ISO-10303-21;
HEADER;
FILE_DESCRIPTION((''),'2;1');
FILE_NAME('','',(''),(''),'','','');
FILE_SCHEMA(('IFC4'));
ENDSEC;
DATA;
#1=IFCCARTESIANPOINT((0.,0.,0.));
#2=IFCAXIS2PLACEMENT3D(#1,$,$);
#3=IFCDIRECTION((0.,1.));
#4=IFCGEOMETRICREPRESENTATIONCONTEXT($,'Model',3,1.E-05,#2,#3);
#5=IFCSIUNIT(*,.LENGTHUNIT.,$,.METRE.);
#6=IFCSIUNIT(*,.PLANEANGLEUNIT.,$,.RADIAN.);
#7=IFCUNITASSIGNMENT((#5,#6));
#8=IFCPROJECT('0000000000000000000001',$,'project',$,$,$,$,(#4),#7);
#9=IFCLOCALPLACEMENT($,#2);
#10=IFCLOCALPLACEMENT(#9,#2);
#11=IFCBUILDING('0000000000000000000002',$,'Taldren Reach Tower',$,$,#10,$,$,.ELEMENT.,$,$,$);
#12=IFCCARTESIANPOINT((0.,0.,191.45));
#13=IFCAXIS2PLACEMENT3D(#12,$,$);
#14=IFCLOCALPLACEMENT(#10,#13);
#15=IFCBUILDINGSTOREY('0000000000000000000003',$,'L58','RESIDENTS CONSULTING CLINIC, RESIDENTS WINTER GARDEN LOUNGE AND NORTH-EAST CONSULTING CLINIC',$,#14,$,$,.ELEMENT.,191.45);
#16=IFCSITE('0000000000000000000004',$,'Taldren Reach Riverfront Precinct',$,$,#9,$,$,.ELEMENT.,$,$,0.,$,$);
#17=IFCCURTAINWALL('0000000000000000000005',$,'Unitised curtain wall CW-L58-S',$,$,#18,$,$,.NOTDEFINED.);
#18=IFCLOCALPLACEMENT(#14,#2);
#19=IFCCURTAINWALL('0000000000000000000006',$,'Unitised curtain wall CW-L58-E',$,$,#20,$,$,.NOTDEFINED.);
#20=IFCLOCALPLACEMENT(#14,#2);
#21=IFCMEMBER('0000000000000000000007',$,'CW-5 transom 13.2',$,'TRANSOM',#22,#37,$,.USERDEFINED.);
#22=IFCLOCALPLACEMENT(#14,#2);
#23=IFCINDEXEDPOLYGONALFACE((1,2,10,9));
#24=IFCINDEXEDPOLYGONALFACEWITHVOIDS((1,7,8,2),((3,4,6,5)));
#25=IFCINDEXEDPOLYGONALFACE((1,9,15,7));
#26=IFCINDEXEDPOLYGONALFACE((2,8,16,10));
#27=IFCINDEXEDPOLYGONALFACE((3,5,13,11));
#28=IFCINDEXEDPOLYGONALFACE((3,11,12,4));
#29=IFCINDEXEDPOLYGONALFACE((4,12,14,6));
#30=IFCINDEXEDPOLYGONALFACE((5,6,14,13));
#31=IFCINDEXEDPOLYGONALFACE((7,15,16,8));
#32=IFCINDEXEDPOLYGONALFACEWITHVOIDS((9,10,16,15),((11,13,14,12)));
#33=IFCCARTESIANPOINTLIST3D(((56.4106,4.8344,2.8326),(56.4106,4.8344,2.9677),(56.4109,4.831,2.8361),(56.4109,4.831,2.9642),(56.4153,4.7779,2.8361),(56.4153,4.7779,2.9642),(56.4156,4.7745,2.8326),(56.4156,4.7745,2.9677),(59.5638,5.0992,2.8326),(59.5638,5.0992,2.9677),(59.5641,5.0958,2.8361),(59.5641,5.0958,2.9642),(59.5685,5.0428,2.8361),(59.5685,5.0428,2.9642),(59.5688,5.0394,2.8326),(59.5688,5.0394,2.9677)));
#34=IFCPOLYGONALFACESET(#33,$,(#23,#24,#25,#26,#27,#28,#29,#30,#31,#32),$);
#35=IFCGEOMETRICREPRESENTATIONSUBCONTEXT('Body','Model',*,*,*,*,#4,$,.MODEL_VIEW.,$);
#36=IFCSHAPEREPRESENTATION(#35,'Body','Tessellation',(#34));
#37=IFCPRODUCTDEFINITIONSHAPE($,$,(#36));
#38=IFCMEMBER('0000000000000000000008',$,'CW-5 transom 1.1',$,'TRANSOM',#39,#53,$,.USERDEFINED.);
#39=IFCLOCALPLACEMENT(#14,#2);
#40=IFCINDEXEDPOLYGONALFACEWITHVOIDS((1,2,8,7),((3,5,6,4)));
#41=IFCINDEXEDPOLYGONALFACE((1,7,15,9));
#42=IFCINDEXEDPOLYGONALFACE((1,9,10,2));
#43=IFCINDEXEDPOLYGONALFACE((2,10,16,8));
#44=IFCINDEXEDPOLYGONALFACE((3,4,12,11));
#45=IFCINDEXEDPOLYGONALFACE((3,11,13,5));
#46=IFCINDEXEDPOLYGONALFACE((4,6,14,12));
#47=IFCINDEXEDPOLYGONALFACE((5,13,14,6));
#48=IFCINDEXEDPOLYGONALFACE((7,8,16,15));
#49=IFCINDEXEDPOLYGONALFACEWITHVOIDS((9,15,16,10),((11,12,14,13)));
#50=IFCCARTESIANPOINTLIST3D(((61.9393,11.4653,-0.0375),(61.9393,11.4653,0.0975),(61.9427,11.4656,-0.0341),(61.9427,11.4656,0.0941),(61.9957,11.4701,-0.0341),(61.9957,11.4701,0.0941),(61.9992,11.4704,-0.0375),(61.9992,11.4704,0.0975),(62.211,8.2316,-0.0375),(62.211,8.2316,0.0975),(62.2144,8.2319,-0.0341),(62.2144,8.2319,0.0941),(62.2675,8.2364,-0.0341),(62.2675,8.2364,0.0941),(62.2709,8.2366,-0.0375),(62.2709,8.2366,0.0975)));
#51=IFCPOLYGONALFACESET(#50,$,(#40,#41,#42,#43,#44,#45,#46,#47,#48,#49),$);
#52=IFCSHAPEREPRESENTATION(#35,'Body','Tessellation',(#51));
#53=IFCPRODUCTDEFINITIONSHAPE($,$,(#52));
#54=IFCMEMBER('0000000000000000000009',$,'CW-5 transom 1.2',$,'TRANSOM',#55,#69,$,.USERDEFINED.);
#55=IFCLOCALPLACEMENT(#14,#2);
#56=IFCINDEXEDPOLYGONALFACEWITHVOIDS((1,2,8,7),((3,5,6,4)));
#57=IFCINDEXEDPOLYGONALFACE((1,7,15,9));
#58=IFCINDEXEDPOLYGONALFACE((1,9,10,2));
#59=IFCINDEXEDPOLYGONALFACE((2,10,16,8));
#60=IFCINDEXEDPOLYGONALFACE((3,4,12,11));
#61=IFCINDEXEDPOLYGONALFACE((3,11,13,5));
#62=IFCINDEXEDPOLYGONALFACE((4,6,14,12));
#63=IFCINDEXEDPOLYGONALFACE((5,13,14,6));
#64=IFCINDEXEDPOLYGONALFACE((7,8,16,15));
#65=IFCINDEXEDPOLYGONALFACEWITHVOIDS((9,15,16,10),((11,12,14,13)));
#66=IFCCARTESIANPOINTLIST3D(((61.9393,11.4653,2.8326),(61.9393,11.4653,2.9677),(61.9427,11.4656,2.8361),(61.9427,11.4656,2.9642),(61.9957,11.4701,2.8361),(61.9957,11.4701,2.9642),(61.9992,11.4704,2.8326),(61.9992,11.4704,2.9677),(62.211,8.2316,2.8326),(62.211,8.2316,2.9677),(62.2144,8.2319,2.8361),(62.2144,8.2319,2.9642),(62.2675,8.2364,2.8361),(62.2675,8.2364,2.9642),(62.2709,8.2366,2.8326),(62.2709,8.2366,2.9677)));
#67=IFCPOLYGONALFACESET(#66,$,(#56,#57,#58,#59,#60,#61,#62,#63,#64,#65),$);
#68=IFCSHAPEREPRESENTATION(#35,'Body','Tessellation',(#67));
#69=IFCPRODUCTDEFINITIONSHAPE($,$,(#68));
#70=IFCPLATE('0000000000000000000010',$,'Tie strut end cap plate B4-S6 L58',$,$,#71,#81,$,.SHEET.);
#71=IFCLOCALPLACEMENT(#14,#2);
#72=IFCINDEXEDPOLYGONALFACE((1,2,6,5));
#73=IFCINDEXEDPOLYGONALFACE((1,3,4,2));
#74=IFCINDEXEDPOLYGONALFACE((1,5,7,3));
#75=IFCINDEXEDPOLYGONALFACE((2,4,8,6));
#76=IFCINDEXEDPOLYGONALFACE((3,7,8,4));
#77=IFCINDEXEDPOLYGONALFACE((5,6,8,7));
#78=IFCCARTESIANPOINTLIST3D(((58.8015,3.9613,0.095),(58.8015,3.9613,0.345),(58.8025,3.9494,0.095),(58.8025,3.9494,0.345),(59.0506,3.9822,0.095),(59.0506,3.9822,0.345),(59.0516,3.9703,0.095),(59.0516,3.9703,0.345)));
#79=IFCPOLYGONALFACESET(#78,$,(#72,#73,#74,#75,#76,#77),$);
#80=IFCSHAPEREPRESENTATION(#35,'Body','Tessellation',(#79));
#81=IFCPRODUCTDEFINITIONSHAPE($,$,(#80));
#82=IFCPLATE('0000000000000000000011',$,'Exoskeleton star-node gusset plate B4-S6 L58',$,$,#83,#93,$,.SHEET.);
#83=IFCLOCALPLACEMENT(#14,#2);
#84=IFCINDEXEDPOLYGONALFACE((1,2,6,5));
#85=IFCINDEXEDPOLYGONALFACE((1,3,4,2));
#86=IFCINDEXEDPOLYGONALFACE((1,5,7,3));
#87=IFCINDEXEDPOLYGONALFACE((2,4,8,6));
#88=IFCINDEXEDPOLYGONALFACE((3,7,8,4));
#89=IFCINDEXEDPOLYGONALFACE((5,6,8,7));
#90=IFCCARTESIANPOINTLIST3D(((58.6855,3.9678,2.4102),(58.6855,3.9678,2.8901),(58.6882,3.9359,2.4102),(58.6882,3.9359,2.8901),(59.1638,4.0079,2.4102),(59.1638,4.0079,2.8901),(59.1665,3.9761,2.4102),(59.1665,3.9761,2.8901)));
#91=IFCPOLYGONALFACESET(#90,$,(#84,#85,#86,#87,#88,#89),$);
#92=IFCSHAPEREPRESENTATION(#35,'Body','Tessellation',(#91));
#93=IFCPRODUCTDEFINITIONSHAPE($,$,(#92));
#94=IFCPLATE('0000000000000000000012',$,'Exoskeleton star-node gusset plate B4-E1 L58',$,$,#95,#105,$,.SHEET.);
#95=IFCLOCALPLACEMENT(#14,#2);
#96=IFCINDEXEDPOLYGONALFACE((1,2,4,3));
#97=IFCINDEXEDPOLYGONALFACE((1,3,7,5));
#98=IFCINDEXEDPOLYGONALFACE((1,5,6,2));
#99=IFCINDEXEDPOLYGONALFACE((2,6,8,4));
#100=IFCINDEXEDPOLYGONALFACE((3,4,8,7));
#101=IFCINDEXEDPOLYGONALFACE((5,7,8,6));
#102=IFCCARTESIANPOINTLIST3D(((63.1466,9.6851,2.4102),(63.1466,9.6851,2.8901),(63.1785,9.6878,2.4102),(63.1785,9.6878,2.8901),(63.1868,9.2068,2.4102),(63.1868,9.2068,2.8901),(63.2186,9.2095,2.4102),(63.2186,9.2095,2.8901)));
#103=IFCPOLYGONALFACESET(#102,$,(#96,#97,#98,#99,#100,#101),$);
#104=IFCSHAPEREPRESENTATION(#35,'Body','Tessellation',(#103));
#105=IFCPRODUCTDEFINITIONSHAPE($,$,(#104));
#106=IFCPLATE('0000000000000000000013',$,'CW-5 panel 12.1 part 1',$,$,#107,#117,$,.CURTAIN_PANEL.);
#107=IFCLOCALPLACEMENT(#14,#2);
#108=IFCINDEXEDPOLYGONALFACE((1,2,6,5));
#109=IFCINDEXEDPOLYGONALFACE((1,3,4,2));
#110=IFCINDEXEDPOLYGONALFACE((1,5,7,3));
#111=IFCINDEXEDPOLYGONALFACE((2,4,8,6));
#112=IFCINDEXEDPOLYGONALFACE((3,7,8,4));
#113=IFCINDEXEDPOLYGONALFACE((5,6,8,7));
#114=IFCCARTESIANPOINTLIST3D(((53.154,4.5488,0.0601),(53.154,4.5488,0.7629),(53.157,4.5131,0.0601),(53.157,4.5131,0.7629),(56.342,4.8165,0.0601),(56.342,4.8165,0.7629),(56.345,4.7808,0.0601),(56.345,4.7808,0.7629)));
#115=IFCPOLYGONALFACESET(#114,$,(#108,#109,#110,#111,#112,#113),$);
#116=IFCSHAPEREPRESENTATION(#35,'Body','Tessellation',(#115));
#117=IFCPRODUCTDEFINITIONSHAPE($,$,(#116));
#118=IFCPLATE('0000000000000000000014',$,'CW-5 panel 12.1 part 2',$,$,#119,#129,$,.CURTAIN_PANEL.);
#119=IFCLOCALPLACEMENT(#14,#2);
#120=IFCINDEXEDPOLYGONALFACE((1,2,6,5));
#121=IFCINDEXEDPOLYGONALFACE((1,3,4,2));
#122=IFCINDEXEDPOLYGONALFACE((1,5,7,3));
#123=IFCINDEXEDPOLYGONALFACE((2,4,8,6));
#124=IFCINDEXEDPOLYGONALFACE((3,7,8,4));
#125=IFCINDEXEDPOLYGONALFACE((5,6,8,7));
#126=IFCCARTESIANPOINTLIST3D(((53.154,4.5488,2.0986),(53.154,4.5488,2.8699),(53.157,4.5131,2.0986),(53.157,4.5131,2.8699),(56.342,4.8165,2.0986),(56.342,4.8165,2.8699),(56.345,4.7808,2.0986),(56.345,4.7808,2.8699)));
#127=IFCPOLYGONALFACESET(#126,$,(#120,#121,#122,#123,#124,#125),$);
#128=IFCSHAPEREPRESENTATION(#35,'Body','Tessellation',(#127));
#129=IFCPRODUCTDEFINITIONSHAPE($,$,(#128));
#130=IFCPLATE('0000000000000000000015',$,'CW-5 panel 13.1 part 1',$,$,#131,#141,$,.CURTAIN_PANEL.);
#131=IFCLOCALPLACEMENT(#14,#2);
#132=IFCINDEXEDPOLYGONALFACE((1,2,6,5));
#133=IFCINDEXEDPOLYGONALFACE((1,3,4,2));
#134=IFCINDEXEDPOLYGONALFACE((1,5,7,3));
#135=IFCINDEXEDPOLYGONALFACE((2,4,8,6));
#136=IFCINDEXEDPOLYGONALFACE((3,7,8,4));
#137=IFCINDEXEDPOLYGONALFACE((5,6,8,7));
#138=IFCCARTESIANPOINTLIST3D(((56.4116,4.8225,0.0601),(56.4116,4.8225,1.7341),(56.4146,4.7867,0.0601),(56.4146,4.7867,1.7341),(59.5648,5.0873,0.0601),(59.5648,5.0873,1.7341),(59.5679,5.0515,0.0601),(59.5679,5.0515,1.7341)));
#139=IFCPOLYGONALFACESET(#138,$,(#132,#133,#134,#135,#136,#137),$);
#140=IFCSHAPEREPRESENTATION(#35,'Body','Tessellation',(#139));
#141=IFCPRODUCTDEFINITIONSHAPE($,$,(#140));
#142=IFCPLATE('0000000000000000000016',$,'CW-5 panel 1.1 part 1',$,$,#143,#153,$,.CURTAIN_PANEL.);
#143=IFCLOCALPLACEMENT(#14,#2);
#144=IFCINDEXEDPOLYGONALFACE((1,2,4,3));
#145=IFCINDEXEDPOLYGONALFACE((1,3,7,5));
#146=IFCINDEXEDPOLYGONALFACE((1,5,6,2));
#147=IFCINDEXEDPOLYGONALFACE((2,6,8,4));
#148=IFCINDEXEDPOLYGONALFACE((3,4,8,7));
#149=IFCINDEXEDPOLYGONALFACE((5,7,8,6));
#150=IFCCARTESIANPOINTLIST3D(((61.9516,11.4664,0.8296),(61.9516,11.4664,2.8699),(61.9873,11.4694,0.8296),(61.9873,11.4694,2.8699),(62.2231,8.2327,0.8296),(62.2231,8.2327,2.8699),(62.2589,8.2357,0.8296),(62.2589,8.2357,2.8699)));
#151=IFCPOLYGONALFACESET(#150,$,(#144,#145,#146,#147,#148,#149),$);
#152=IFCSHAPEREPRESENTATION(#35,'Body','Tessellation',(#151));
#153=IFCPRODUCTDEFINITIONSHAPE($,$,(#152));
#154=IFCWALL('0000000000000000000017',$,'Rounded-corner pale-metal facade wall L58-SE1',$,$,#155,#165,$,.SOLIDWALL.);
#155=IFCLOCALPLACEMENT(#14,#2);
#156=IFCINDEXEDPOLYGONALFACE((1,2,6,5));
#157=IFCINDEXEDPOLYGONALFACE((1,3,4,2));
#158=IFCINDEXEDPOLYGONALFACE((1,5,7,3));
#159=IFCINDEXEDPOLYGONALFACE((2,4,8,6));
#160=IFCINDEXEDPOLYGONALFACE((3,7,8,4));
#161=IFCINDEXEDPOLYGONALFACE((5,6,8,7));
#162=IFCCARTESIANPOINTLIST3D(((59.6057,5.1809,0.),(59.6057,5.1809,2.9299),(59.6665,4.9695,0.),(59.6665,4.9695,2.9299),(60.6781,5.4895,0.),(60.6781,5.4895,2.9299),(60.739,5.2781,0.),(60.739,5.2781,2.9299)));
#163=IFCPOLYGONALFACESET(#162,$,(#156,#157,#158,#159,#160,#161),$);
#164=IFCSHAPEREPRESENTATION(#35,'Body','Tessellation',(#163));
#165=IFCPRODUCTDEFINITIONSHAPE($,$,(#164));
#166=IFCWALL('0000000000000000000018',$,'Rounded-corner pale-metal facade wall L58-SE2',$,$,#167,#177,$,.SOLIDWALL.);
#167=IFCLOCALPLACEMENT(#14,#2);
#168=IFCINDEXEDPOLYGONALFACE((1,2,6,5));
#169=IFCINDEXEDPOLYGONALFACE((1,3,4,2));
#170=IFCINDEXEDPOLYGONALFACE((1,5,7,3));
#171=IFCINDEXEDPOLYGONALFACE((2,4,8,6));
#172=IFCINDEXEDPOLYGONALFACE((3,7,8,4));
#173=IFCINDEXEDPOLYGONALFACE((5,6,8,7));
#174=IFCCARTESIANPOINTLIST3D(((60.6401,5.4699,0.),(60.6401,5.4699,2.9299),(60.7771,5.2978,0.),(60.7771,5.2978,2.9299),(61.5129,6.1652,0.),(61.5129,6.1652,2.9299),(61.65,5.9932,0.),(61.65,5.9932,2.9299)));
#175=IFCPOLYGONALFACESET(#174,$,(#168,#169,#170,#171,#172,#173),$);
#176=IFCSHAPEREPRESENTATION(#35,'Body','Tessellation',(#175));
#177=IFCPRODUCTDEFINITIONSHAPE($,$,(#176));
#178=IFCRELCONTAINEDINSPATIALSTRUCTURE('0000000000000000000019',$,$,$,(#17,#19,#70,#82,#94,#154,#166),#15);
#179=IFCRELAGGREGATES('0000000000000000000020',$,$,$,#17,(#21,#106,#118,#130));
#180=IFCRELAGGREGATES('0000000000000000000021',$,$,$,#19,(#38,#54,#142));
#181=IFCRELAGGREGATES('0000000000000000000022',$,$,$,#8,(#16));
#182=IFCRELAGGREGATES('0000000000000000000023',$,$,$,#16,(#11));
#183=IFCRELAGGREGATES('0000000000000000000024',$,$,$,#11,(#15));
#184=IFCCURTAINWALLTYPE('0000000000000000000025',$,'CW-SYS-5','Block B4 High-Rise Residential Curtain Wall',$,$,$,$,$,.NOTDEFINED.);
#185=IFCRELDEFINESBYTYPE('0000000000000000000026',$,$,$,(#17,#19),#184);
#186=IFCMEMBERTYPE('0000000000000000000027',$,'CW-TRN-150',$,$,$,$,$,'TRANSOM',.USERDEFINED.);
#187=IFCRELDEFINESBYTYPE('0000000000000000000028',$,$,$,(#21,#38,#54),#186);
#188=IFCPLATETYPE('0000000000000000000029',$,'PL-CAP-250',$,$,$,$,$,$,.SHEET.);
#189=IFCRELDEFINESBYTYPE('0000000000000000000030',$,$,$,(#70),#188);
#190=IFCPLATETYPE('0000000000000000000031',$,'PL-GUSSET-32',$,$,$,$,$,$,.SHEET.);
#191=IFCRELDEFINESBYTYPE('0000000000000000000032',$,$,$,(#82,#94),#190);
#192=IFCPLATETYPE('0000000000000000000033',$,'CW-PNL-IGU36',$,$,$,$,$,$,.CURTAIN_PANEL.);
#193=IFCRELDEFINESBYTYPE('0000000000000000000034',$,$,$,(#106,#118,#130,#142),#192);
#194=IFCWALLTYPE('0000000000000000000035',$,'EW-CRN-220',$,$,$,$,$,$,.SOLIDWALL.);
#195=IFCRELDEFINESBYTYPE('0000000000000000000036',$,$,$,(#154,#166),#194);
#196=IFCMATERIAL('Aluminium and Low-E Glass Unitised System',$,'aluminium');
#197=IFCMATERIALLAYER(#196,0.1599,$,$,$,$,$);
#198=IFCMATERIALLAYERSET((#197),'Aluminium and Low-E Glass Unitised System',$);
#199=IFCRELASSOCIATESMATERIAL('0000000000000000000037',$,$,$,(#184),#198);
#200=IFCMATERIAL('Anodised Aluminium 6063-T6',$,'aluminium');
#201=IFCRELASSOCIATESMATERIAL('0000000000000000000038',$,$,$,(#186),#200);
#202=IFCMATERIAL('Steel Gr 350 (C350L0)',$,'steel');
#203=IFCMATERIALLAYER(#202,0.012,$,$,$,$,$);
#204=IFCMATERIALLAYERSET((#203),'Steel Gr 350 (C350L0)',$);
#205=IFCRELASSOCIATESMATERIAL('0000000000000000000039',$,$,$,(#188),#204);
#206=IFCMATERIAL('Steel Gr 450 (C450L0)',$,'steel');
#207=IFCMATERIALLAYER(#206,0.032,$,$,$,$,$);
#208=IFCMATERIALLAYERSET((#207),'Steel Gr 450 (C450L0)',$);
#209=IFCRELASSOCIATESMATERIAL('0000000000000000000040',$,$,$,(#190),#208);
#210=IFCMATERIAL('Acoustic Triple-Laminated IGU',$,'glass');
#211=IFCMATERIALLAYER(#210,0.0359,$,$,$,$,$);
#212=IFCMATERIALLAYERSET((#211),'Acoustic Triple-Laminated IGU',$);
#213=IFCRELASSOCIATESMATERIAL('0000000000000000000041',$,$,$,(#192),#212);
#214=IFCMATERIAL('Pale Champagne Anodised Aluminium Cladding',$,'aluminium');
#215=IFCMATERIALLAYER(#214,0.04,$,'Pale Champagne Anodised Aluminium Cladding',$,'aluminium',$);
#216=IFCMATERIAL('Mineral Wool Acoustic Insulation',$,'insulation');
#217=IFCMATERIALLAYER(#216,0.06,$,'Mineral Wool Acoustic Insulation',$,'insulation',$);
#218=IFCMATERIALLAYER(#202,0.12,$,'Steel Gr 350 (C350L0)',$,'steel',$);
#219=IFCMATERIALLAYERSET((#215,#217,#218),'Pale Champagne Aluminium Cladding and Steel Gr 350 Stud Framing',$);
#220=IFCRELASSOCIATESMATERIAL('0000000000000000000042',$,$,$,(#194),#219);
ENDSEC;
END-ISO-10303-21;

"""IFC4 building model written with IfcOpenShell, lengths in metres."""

from ifc_helpers import new_model, si_unit, direction, frame, frame_2d, origin, origin_2d, place, context, subcontext, project, spatial, rectangle, hollow_rectangle, extrude, source, transform, mapped, material, layer, layer_set, material_profile, profile_set, type_object, element, aggregate, save


model = new_model("IFC4")

# Units and contexts
model_context = context("Model", 3, precision=1e-05, world=origin(), true_north=direction((0.0, 1.0)))
body_context = subcontext(model_context, "Body", "Model", "MODEL_VIEW")
ifc_project = project(units=[si_unit("LENGTHUNIT", "METRE"), si_unit("PLANEANGLEUNIT", "RADIAN")], contexts=[model_context])

# Site, building, storey
site_placement = place(None, origin())
site = spatial("IfcSite", under=ifc_project, at=site_placement, Name="Taldren Reach Riverfront Precinct", CompositionType="ELEMENT", RefElevation=0.0)
building_placement = place(site_placement, origin())
building = spatial("IfcBuilding", under=site, at=building_placement, Name="Taldren Reach Tower", CompositionType="ELEMENT")
storey_placement = place(building_placement, frame((0.0, 0.0, 191.45)))
storey = spatial("IfcBuildingStorey", under=building, at=storey_placement, Name="L58", Description="RESIDENTS CONSULTING CLINIC, RESIDENTS WINTER GARDEN LOUNGE AND NORTH-EAST CONSULTING CLINIC", CompositionType="ELEMENT", Elevation=191.45)

# Shared definitions
ifc_material_1 = material(Name="Steel Gr 350 (C350L0)", Category="steel")

# Shared definitions
ifc_material_2 = material(Name="Steel Gr 450 (C450L0)", Category="steel")

# Curtain wall
ifc_material_3 = material(Name="Aluminium and Low-E Glass Unitised System", Category="aluminium")
ifc_layer_1 = layer(ifc_material_3, 0.1599)
ifc_layer_set_1 = layer_set([ifc_layer_1], Name="Aluminium and Low-E Glass Unitised System")
curtain_wall_type = type_object("IfcCurtainWallType", Name="CW-SYS-5", Description="Block B4 High-Rise Residential Curtain Wall", PredefinedType="NOTDEFINED", material=ifc_layer_set_1)
curtain_wall_1_placement = place(storey_placement, origin())
curtain_wall_1 = element("IfcCurtainWall", 1, at=curtain_wall_1_placement, inside=storey, type_object=curtain_wall_type, Name="Unitised curtain wall CW-L58-S", PredefinedType="NOTDEFINED")
ifc_material_4 = material(Name="Anodised Aluminium 6063-T6", Category="aluminium")

# Curtain wall
curtain_wall_2_placement = place(storey_placement, origin())
curtain_wall_2 = element("IfcCurtainWall", 2, at=curtain_wall_2_placement, inside=storey, type_object=curtain_wall_type, Name="Unitised curtain wall CW-L58-E", PredefinedType="NOTDEFINED")

# Members
ifc_material_profile_1 = material_profile(ifc_material_4, hollow_rectangle(XDim=0.0601, YDim=0.135, WallThickness=0.0034, at=origin_2d()), Name="ALU-135x60x3.5RHS")
ifc_profile_set_1 = profile_set([ifc_material_profile_1], Name="Anodised Aluminium 6063-T6")
member_type_1 = type_object("IfcMemberType", Name="CW-TRN-150", ElementType="TRANSOM", PredefinedType="USERDEFINED", material=ifc_profile_set_1)
shared_shape_1 = source(origin(), body_context, "Body", "SweptSolid", [
    extrude(hollow_rectangle(XDim=0.0601, YDim=0.135, WallThickness=0.0034, at=origin_2d()), origin(), (0.0, 0.0, 1.0), 3.1643),
])
member_1_placement = place(storey_placement, frame((56.4131, 4.8044, 2.9001), z_axis=(0.99649, 0.083709, 0.0), x_axis=(-0.083709, 0.99649, 0.0)))
member_1 = element("IfcMember", 3, at=member_1_placement, type_object=member_type_1, Name="CW-5 transom 13.2", ObjectType="TRANSOM", PredefinedType="USERDEFINED", context=body_context, shape_type="MappedRepresentation", body=[
    mapped(shared_shape_1, transform((0.0, 0.0, 0.0), scale=1.0)),
])
shared_shape_2 = source(origin(), body_context, "Body", "SweptSolid", [
    extrude(hollow_rectangle(XDim=0.0601, YDim=0.135, WallThickness=0.0034, at=origin_2d()), origin(), (0.0, 0.0, 1.0), 3.2451),
])
member_2_placement = place(storey_placement, frame((62.241, 8.2341, 0.03), z_axis=(-0.083737, 0.996488, 0.0), x_axis=(-0.996488, -0.083737, 0.0)))
member_2 = element("IfcMember", 4, at=member_2_placement, type_object=member_type_1, Name="CW-5 transom 1.1", ObjectType="TRANSOM", PredefinedType="USERDEFINED", context=body_context, shape_type="MappedRepresentation", body=[
    mapped(shared_shape_2, transform((0.0, 0.0, 0.0), scale=1.0)),
])
member_3_placement = place(storey_placement, frame((62.241, 8.2341, 2.9001), z_axis=(-0.083737, 0.996488, 0.0), x_axis=(-0.996488, -0.083737, 0.0)))
member_3 = element("IfcMember", 5, at=member_3_placement, type_object=member_type_1, Name="CW-5 transom 1.2", ObjectType="TRANSOM", PredefinedType="USERDEFINED", context=body_context, shape_type="MappedRepresentation", body=[
    mapped(shared_shape_2, transform((0.0, 0.0, 0.0), scale=1.0)),
])

# Plates
ifc_layer_2 = layer(ifc_material_1, 0.012)
ifc_layer_set_2 = layer_set([ifc_layer_2], Name="Steel Gr 350 (C350L0)")
plate_type_1 = type_object("IfcPlateType", Name="PL-CAP-250", PredefinedType="SHEET", material=ifc_layer_set_2)
shared_shape_3 = source(origin(), body_context, "Body", "SweptSolid", [
    extrude(rectangle(XDim=0.25, YDim=0.012, at=origin_2d()), origin(), (0.0, 0.0, 1.0), 0.25),
])
plate_1_placement = place(storey_placement, frame((58.9265, 3.9658, 0.095), z_axis=(0.0, 0.0, 1.0), x_axis=(0.996493, 0.083678, 0.0)))
element("IfcPlate", 6, at=plate_1_placement, inside=storey, type_object=plate_type_1, Name="Tie strut end cap plate B4-S6 L58", PredefinedType="SHEET", context=body_context, shape_type="MappedRepresentation", body=[
    mapped(shared_shape_3, transform((0.0, 0.0, 0.0), scale=1.0)),
])
ifc_layer_3 = layer(ifc_material_2, 0.032)
ifc_layer_set_3 = layer_set([ifc_layer_3], Name="Steel Gr 450 (C450L0)")
plate_type_2 = type_object("IfcPlateType", Name="PL-GUSSET-32", PredefinedType="SHEET", material=ifc_layer_set_3)
shared_shape_4 = source(origin(), body_context, "Body", "SweptSolid", [
    extrude(rectangle(XDim=0.48, YDim=0.032, at=origin_2d()), origin(), (0.0, 0.0, 1.0), 0.48),
])
for number, where, z_axis, x_axis, name in (
    (7, (58.926, 3.9719, 2.4102), (0.0, 0.0, 1.0), (0.996493, 0.083678, 0.0), "Exoskeleton star-node gusset plate B4-S6 L58"),
    (8, (63.1826, 9.4473, 2.4102), (0.0, 0.0, 1.0), (-0.083678, 0.996493, 0.0), "Exoskeleton star-node gusset plate B4-E1 L58"),
):
    element("IfcPlate", number, at=place(storey_placement, frame(where, z_axis=z_axis, x_axis=x_axis)), inside=storey, type_object=plate_type_2, Name=name, PredefinedType="SHEET", context=body_context, shape_type="MappedRepresentation", body=[
        mapped(shared_shape_4, transform((0.0, 0.0, 0.0), scale=1.0)),
    ])

# Plates
ifc_material_5 = material(Name="Acoustic Triple-Laminated IGU", Category="glass")
ifc_layer_4 = layer(ifc_material_5, 0.0359)
ifc_layer_set_4 = layer_set([ifc_layer_4], Name="Acoustic Triple-Laminated IGU")
plate_type_3 = type_object("IfcPlateType", Name="CW-PNL-IGU36", PredefinedType="CURTAIN_PANEL", material=ifc_layer_set_4)
shared_shape_5 = source(origin(), body_context, "Body", "SweptSolid", [
    extrude(rectangle(XDim=3.1992, YDim=0.0359, at=origin_2d()), origin(), (0.0, 0.0, 1.0), 0.7029),
])
plate_2_placement = place(storey_placement, frame((54.7495, 4.6648, 0.0601), z_axis=(0.0, 0.0, 1.0), x_axis=(0.996493, 0.083678, 0.0)))
plate_2 = element("IfcPlate", 9, at=plate_2_placement, type_object=plate_type_3, Name="CW-5 panel 12.1 part 1", PredefinedType="CURTAIN_PANEL", context=body_context, shape_type="MappedRepresentation", body=[
    mapped(shared_shape_5, transform((0.0, 0.0, 0.0), scale=1.0)),
])
shared_shape_6 = source(origin(), body_context, "Body", "SweptSolid", [
    extrude(rectangle(XDim=3.1992, YDim=0.0359, at=origin_2d()), origin(), (0.0, 0.0, 1.0), 0.7712),
])
plate_3_placement = place(storey_placement, frame((54.7495, 4.6648, 2.0986), z_axis=(0.0, 0.0, 1.0), x_axis=(0.996493, 0.083678, 0.0)))
plate_3 = element("IfcPlate", 10, at=plate_3_placement, type_object=plate_type_3, Name="CW-5 panel 12.1 part 2", PredefinedType="CURTAIN_PANEL", context=body_context, shape_type="MappedRepresentation", body=[
    mapped(shared_shape_6, transform((0.0, 0.0, 0.0), scale=1.0)),
])
shared_shape_7 = source(origin(), body_context, "Body", "SweptSolid", [
    extrude(rectangle(XDim=3.1643, YDim=0.0359, at=origin_2d()), origin(), (0.0, 0.0, 1.0), 1.6741),
])
plate_4_placement = place(storey_placement, frame((57.9897, 4.937, 0.0601), z_axis=(0.0, 0.0, 1.0), x_axis=(0.996493, 0.083678, 0.0)))
plate_4 = element("IfcPlate", 11, at=plate_4_placement, type_object=plate_type_3, Name="CW-5 panel 13.1 part 1", PredefinedType="CURTAIN_PANEL", context=body_context, shape_type="MappedRepresentation", body=[
    mapped(shared_shape_7, transform((0.0, 0.0, 0.0), scale=1.0)),
])
aggregate(curtain_wall_1, [member_1, plate_2, plate_3, plate_4])
shared_shape_8 = source(origin(), body_context, "Body", "SweptSolid", [
    extrude(rectangle(XDim=3.2451, YDim=0.0359, at=origin_2d()), origin(), (0.0, 0.0, 1.0), 2.0403),
])
plate_5_placement = place(storey_placement, frame((62.1052, 9.8511, 0.8296), z_axis=(0.0, 0.0, 1.0), x_axis=(-0.083678, 0.996493, 0.0)))
plate_5 = element("IfcPlate", 12, at=plate_5_placement, type_object=plate_type_3, Name="CW-5 panel 1.1 part 1", PredefinedType="CURTAIN_PANEL", context=body_context, shape_type="MappedRepresentation", body=[
    mapped(shared_shape_8, transform((0.0, 0.0, 0.0), scale=1.0)),
])
aggregate(curtain_wall_2, [member_2, member_3, plate_5])

# Walls
ifc_material_6 = material(Name="Pale Champagne Anodised Aluminium Cladding", Category="aluminium")
ifc_layer_5 = layer(ifc_material_6, 0.04, Name="Pale Champagne Anodised Aluminium Cladding", Category="aluminium")
ifc_material_7 = material(Name="Mineral Wool Acoustic Insulation", Category="insulation")
ifc_layer_6 = layer(ifc_material_7, 0.06, Name="Mineral Wool Acoustic Insulation", Category="insulation")
ifc_layer_7 = layer(ifc_material_1, 0.12, Name="Steel Gr 350 (C350L0)", Category="steel")
ifc_layer_set_5 = layer_set([ifc_layer_5, ifc_layer_6, ifc_layer_7], Name="Pale Champagne Aluminium Cladding and Steel Gr 350 Stud Framing")
wall_type = type_object("IfcWallType", Name="EW-CRN-220", PredefinedType="SOLIDWALL", material=ifc_layer_set_5)
shared_shape_9 = source(origin(), body_context, "Body", "SweptSolid", [
    extrude(rectangle(XDim=1.116, YDim=0.22, at=frame_2d((0.5581, 0.0))), origin(), (0.0, 0.0, 1.0), 2.9299),
])
for number, where, z_axis, x_axis, name in (
    (13, (59.636, 5.0752, 0.0), (0.0, 0.0, 1.0), (0.96101, 0.276512, 0.0), "Rounded-corner pale-metal facade wall L58-SE1"),
    (14, (60.7085, 5.3838, 0.0), (0.0, 0.0, 1.0), (0.782148, 0.623093, 0.0), "Rounded-corner pale-metal facade wall L58-SE2"),
):
    element("IfcWall", number, at=place(storey_placement, frame(where, z_axis=z_axis, x_axis=x_axis)), inside=storey, type_object=wall_type, Name=name, PredefinedType="SOLIDWALL", context=body_context, shape_type="MappedRepresentation", body=[
        mapped(shared_shape_9, transform((0.0, 0.0, 0.0), scale=1.0)),
    ])

save(model, "model.ifc")
